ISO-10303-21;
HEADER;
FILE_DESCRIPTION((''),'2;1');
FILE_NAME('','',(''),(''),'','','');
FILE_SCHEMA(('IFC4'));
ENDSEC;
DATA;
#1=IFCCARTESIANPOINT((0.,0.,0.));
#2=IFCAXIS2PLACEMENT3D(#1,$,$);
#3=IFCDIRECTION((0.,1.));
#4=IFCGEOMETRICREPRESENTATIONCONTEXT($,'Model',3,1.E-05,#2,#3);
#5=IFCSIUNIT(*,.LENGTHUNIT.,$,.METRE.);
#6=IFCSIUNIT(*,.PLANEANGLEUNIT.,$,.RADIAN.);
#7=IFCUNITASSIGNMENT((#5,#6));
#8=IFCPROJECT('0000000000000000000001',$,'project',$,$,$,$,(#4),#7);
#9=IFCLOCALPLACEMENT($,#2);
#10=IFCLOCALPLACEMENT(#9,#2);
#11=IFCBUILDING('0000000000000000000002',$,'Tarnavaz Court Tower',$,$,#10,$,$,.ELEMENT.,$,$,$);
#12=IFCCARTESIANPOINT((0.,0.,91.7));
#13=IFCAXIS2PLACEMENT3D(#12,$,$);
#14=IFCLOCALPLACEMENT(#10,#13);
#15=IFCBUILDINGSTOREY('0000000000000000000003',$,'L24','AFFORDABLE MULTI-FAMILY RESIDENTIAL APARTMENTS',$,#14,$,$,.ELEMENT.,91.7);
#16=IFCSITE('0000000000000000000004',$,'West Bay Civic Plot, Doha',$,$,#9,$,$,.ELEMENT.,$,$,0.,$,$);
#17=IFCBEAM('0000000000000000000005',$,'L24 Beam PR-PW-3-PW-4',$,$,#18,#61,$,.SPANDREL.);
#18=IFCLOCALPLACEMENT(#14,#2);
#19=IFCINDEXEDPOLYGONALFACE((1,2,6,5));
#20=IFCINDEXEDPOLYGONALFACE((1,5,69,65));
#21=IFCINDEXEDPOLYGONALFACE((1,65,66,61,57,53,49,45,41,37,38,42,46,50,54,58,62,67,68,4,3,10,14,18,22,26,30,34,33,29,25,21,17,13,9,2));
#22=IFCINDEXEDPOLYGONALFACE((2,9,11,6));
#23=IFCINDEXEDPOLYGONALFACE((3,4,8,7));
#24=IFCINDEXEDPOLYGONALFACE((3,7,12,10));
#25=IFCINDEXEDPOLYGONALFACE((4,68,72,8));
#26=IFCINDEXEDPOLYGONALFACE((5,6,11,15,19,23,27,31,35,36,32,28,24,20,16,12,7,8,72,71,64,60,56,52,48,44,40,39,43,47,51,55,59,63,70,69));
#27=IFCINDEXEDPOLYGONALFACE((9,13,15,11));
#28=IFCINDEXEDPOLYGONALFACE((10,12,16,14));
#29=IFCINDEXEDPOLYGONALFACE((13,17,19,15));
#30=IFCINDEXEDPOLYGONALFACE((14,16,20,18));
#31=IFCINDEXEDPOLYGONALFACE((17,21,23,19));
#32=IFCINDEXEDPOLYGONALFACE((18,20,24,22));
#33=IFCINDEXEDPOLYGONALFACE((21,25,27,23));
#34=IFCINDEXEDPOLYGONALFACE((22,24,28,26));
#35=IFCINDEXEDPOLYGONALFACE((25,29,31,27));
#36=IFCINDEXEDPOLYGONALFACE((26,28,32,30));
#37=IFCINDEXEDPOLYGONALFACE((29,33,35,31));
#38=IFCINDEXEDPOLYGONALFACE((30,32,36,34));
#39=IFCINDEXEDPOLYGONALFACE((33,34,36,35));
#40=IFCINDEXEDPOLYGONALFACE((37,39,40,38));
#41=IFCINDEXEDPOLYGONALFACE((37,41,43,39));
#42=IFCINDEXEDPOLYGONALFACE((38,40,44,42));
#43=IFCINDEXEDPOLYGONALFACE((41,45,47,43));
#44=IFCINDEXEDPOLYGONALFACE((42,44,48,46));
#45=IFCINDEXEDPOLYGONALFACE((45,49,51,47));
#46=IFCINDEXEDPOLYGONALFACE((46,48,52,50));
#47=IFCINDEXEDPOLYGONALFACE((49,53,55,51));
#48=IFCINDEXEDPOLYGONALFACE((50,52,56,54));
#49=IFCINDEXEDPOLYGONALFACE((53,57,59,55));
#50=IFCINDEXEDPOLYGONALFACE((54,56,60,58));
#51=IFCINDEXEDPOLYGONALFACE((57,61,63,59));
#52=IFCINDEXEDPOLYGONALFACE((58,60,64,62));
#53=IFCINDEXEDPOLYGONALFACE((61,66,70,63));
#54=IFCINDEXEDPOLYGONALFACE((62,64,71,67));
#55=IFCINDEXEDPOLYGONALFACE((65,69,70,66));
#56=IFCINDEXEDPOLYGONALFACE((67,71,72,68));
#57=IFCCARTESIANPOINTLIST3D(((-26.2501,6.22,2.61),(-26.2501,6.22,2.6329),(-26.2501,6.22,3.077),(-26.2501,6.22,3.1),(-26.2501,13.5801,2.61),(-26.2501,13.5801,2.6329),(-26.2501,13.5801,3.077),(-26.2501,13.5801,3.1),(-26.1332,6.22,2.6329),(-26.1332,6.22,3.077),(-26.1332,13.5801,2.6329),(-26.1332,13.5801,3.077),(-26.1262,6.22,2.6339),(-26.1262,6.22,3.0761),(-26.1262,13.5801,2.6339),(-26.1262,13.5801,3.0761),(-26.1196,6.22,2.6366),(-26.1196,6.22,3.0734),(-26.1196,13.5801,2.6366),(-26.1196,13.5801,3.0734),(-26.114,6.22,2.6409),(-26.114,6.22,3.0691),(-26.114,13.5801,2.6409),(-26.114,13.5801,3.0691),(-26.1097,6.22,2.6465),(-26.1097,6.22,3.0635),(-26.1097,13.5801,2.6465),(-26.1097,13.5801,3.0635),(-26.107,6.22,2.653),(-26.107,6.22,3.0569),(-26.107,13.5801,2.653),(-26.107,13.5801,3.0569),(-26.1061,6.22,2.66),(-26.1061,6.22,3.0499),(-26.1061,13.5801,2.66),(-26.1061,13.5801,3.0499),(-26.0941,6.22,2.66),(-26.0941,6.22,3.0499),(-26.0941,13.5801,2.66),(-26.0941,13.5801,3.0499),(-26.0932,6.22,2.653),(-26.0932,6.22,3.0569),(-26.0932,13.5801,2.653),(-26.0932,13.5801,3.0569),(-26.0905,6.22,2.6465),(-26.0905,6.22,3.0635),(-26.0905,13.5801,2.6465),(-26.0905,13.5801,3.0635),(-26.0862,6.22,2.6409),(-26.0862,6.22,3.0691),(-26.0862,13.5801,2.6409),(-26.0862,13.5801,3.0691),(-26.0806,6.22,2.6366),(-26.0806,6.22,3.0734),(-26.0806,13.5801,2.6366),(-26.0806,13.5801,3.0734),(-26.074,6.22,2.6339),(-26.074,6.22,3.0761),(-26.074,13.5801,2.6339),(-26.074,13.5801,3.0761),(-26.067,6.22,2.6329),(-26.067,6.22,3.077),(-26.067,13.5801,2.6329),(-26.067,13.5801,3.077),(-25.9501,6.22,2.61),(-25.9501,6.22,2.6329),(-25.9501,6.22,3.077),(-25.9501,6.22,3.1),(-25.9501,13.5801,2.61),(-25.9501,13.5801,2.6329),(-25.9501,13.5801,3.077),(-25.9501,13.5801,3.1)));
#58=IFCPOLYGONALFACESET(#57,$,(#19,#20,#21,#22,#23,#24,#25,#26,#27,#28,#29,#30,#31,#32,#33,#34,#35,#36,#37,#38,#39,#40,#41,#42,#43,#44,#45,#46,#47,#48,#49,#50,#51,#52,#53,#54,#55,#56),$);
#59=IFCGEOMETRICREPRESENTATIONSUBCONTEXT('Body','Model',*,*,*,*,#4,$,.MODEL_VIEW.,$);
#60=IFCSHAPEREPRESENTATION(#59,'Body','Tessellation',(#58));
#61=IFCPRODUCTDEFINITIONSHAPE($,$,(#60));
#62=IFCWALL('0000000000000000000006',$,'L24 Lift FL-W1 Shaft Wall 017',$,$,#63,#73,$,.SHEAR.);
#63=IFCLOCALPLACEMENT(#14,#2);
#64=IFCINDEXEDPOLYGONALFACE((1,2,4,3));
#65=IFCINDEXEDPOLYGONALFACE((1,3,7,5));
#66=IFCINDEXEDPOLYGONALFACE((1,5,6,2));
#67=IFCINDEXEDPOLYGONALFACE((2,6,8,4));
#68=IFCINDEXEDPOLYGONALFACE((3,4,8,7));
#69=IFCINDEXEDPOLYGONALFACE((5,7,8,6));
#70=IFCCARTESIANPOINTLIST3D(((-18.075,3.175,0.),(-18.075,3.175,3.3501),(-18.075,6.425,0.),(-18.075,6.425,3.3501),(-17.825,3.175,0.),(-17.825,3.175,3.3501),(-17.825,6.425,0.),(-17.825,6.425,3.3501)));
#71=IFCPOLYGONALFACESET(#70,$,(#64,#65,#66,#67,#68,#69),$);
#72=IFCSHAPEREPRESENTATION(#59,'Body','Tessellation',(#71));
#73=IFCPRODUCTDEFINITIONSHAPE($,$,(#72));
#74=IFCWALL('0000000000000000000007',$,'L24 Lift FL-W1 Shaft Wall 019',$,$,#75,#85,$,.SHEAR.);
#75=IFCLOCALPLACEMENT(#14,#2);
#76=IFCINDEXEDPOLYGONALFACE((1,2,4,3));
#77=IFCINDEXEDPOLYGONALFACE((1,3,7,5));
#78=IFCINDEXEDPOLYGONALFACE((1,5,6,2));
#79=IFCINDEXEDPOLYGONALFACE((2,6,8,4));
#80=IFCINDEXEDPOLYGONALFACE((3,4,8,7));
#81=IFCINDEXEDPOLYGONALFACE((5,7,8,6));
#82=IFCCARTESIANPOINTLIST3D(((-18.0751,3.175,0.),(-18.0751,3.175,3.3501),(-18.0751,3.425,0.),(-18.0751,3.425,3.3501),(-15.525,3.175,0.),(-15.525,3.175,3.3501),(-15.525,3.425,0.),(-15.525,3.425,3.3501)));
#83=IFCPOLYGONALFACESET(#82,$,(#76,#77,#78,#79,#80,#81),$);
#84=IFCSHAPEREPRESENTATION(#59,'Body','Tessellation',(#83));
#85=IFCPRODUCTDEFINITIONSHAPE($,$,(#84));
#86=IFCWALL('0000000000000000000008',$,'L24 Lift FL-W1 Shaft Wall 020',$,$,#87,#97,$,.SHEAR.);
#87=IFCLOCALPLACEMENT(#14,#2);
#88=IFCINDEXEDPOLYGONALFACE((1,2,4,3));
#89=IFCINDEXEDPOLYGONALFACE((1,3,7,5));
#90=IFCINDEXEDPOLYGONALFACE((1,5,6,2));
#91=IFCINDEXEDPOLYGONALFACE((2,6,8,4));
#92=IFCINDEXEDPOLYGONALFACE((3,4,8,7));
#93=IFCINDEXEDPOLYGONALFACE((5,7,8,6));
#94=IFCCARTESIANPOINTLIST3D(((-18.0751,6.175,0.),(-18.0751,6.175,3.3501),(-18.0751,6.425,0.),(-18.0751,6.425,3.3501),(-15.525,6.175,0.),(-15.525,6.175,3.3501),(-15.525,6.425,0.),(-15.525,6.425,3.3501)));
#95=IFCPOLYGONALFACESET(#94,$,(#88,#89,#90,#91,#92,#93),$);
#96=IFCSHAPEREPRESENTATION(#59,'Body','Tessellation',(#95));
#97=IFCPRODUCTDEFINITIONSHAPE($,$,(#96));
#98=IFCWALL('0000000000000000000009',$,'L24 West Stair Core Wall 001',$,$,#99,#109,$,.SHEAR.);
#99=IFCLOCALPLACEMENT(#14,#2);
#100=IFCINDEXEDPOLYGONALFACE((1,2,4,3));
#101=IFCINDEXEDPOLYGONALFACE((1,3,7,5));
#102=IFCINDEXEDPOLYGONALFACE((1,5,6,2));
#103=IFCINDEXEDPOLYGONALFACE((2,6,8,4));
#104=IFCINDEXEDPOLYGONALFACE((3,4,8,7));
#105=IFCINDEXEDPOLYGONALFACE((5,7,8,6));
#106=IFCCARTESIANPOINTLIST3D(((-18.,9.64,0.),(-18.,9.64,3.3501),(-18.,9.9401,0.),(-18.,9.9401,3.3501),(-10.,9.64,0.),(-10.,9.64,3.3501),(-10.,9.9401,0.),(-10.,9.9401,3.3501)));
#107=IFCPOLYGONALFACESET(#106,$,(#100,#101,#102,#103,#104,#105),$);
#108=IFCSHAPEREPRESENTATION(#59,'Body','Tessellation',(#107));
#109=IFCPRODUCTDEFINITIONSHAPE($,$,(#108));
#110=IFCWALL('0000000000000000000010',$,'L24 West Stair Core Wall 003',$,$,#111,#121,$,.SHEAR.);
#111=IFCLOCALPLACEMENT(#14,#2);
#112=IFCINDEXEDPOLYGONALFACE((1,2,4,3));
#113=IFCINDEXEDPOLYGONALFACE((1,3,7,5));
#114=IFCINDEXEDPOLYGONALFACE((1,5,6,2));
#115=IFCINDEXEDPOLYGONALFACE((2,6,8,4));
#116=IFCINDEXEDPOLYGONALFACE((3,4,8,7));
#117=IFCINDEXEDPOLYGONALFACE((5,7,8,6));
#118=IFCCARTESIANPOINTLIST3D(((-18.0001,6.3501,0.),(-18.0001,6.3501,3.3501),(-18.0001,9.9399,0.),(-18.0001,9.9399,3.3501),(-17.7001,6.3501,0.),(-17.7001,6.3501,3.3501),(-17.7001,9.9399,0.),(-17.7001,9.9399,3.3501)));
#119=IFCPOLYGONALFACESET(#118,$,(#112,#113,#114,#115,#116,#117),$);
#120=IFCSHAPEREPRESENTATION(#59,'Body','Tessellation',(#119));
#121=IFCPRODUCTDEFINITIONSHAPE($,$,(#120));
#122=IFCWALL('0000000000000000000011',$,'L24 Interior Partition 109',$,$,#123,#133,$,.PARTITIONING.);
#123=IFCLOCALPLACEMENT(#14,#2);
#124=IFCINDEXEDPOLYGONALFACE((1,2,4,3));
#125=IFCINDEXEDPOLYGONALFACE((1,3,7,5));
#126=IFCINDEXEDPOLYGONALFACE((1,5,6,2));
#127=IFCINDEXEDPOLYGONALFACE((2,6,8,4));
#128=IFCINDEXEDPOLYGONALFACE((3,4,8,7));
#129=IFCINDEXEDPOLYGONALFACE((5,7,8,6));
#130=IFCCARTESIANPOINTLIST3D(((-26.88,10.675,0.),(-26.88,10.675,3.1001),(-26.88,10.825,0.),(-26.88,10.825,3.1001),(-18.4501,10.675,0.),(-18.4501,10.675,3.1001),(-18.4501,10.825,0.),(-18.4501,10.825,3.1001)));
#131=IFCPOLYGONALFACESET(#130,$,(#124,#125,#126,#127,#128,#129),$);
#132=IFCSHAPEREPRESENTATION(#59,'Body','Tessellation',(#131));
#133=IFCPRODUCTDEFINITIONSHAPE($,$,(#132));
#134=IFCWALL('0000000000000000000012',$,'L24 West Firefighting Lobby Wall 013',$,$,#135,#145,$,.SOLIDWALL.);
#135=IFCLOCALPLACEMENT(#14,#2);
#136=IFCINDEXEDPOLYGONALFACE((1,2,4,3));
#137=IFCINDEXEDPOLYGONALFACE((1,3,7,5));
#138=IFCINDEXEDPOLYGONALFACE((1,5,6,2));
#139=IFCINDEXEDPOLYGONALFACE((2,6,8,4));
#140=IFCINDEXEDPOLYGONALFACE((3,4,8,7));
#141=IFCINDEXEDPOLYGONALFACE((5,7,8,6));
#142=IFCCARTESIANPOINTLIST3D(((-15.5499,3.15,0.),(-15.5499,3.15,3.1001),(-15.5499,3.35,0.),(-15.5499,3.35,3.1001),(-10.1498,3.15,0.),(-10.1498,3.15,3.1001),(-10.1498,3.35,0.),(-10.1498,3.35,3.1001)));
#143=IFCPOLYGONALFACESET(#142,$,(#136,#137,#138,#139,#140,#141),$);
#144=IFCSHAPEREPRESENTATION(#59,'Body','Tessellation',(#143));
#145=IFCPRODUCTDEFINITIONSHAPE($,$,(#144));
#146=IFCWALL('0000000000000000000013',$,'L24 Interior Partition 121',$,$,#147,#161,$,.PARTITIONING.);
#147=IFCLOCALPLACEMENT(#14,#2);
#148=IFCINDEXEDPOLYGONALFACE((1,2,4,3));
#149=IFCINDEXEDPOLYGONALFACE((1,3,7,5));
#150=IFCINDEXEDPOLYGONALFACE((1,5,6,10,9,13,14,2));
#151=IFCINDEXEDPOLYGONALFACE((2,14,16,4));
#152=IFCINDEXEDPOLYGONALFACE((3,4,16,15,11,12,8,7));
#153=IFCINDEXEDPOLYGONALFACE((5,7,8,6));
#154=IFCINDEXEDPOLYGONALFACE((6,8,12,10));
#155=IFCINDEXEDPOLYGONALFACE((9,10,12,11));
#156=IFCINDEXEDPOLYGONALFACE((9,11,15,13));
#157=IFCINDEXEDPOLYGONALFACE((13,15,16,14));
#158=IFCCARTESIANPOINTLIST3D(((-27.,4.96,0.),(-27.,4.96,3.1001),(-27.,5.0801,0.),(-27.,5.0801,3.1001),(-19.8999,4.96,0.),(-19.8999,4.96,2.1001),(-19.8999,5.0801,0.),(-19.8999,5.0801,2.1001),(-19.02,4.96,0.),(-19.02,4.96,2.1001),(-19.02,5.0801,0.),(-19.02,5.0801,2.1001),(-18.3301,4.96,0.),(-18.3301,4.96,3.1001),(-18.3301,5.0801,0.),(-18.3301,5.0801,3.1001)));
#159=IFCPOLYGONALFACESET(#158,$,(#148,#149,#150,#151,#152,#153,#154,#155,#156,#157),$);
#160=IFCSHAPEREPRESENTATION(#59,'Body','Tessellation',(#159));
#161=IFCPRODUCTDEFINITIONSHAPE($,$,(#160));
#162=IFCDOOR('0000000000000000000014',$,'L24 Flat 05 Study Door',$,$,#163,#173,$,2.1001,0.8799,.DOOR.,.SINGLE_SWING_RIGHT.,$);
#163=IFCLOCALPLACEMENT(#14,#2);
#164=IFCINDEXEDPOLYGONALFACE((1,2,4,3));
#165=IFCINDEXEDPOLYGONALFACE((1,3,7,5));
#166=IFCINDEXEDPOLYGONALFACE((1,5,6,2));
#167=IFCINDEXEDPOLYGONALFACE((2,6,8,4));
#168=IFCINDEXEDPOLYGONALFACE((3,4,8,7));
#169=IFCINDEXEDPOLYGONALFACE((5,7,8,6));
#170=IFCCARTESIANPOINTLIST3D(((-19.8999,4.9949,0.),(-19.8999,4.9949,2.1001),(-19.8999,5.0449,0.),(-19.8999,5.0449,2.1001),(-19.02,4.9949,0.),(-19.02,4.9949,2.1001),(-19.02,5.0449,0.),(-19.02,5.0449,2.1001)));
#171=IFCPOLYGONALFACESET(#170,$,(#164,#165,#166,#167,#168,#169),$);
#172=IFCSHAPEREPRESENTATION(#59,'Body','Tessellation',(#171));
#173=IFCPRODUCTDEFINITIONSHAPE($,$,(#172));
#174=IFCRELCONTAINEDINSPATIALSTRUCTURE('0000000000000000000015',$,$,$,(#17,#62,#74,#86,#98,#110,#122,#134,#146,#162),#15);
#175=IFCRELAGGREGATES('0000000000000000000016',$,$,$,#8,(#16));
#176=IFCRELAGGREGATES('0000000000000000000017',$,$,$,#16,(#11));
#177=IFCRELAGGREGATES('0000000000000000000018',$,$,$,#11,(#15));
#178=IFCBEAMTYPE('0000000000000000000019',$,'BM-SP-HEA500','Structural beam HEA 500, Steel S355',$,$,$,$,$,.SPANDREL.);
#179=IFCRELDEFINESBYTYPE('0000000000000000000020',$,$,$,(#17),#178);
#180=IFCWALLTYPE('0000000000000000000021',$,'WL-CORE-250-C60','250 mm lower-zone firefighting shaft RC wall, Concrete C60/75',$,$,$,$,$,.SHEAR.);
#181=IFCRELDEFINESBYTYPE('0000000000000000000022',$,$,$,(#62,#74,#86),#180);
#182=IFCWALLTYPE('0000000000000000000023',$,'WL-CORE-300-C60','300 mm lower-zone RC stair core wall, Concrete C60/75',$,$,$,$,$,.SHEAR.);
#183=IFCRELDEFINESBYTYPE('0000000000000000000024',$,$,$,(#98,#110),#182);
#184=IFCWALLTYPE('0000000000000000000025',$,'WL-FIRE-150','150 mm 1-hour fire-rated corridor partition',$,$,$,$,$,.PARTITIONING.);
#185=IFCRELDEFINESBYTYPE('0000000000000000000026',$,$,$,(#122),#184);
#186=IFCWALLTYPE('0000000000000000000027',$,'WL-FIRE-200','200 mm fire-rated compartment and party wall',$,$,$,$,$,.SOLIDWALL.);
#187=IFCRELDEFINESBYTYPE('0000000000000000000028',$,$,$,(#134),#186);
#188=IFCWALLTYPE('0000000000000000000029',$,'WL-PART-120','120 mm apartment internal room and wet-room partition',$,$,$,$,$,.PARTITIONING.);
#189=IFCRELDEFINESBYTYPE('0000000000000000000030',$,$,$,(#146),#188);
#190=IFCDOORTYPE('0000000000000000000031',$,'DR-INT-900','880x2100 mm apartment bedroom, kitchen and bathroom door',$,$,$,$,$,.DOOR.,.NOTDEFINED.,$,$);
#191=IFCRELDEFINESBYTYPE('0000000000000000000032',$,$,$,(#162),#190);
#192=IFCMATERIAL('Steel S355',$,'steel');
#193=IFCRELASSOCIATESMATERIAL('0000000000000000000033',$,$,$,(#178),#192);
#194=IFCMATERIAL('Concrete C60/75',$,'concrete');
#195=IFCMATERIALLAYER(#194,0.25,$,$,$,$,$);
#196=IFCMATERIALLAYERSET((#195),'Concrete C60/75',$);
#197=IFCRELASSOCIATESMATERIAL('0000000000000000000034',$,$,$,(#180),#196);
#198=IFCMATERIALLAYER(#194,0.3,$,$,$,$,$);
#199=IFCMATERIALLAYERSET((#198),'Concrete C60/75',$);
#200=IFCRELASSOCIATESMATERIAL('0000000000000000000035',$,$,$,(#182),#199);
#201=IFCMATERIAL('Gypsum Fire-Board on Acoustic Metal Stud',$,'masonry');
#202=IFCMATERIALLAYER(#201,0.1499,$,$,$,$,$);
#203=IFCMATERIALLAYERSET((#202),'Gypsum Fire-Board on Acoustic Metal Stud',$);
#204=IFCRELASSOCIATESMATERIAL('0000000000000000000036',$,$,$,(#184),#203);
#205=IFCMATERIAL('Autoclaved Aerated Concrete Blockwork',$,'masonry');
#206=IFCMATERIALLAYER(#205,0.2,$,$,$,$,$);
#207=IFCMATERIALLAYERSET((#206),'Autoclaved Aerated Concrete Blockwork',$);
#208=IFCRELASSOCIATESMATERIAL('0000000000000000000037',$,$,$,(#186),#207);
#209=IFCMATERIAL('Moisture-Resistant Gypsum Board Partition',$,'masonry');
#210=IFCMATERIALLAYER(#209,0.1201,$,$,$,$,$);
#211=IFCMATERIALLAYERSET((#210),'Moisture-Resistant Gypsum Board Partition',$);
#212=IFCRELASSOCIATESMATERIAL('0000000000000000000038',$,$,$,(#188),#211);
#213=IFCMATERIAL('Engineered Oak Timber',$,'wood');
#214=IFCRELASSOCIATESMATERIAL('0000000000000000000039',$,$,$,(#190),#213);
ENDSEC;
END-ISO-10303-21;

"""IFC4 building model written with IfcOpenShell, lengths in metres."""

from ifc_helpers import new_model, si_unit, direction, frame, frame_2d, origin, origin_2d, place, context, subcontext, project, spatial, rectangle, i_section, extrude, material, layer, layer_set, material_profile, profile_set, type_object, element, fill, save


model = new_model("IFC4")

# Units and contexts
model_context = context("Model", 3, precision=1e-05, world=origin(), true_north=direction((0.0, 1.0)))
body_context = subcontext(model_context, "Body", "Model", "MODEL_VIEW")
ifc_project = project(units=[si_unit("LENGTHUNIT", "METRE"), si_unit("PLANEANGLEUNIT", "RADIAN")], contexts=[model_context])

# Site, building, storey
site_placement = place(None, origin())
site = spatial("IfcSite", under=ifc_project, at=site_placement, Name="West Bay Civic Plot, Doha", CompositionType="ELEMENT", RefElevation=0.0)
building_placement = place(site_placement, origin())
building = spatial("IfcBuilding", under=site, at=building_placement, Name="Tarnavaz Court Tower", CompositionType="ELEMENT")
storey_placement = place(building_placement, frame((0.0, 0.0, 91.7)))
storey = spatial("IfcBuildingStorey", under=building, at=storey_placement, Name="L24", Description="AFFORDABLE MULTI-FAMILY RESIDENTIAL APARTMENTS", CompositionType="ELEMENT", Elevation=91.7)

# Shared definitions
ifc_material_1 = material(Name="Concrete C60/75", Category="concrete")

# Beam
ifc_material_2 = material(Name="Steel S355", Category="steel")
ifc_material_profile_1 = material_profile(ifc_material_2, i_section(OverallWidth=0.3, OverallDepth=0.49, WebThickness=0.012, FlangeThickness=0.0229, FilletRadius=0.0271, at=origin_2d()), Name="HEA 500")
ifc_profile_set_1 = profile_set([ifc_material_profile_1], Name="Steel S355")
beam_type_1 = type_object("IfcBeamType", Name="BM-SP-HEA500", Description="Structural beam HEA 500, Steel S355", PredefinedType="SPANDREL", material=ifc_profile_set_1)
beam_1_placement = place(storey_placement, frame((-26.1001, 6.22, 2.855), z_axis=(0.0, 1.0, 0.0), x_axis=(-1.0, 0.0, 0.0)))
element("IfcBeam", 1, at=beam_1_placement, inside=storey, type_object=beam_type_1, Name="L24 Beam PR-PW-3-PW-4", PredefinedType="SPANDREL", context=body_context, shape_type="SweptSolid", body=[
    extrude(i_section(OverallWidth=0.3, OverallDepth=0.49, WebThickness=0.012, FlangeThickness=0.0229, FilletRadius=0.0271, at=origin_2d()), origin(), (0.0, 0.0, 1.0), 7.3601),
])

# Wall
ifc_layer_1 = layer(ifc_material_1, 0.25)
ifc_layer_set_1 = layer_set([ifc_layer_1], Name="Concrete C60/75")
wall_type_1 = type_object("IfcWallType", Name="WL-CORE-250-C60", Description="250 mm lower-zone firefighting shaft RC wall, Concrete C60/75", PredefinedType="SHEAR", material=ifc_layer_set_1)
wall_1_placement = place(storey_placement, frame((-17.95, 3.175, 0.0), z_axis=(0.0, 0.0, 1.0), x_axis=(0.0, 1.0, 0.0)))
element("IfcWall", 2, at=wall_1_placement, inside=storey, type_object=wall_type_1, Name="L24 Lift FL-W1 Shaft Wall 017", PredefinedType="SHEAR", context=body_context, shape_type="SweptSolid", body=[
    extrude(rectangle(XDim=3.25, YDim=0.25, at=frame_2d((1.625, 0.0))), origin(), (0.0, 0.0, 1.0), 3.3501),
])

# Walls
for number, where, z_axis, x_axis, name in (
    (3, (-18.075, 3.3, 0.0), (0.0, 0.0, 1.0), (1.0, 0.0, 0.0), "L24 Lift FL-W1 Shaft Wall 019"),
    (4, (-18.075, 6.3, 0.0), (0.0, 0.0, 1.0), (1.0, 0.0, 0.0), "L24 Lift FL-W1 Shaft Wall 020"),
):
    element("IfcWall", number, at=place(storey_placement, frame(where, z_axis=z_axis, x_axis=x_axis)), inside=storey, type_object=wall_type_1, Name=name, PredefinedType="SHEAR", context=body_context, shape_type="SweptSolid", body=[
        extrude(rectangle(XDim=2.55, YDim=0.25, at=frame_2d((1.2749, 0.0))), origin(), (0.0, 0.0, 1.0), 3.3501),
    ])
ifc_layer_2 = layer(ifc_material_1, 0.3)
ifc_layer_set_2 = layer_set([ifc_layer_2], Name="Concrete C60/75")
wall_type_2 = type_object("IfcWallType", Name="WL-CORE-300-C60", Description="300 mm lower-zone RC stair core wall, Concrete C60/75", PredefinedType="SHEAR", material=ifc_layer_set_2)
wall_2_placement = place(storey_placement, frame((-18.0, 9.79, 0.0), z_axis=(0.0, 0.0, 1.0), x_axis=(1.0, 0.0, 0.0)))
element("IfcWall", 5, at=wall_2_placement, inside=storey, type_object=wall_type_2, Name="L24 West Stair Core Wall 001", PredefinedType="SHEAR", context=body_context, shape_type="SweptSolid", body=[
    extrude(rectangle(XDim=8.0, YDim=0.3, at=frame_2d((4.0, 0.0))), origin(), (0.0, 0.0, 1.0), 3.3501),
])

# Walls
wall_3_placement = place(storey_placement, frame((-17.8501, 6.3501, 0.0), z_axis=(0.0, 0.0, 1.0), x_axis=(0.0, 1.0, 0.0)))
element("IfcWall", 6, at=wall_3_placement, inside=storey, type_object=wall_type_2, Name="L24 West Stair Core Wall 003", PredefinedType="SHEAR", context=body_context, shape_type="SweptSolid", body=[
    extrude(rectangle(XDim=3.5898, YDim=0.3, at=frame_2d((1.7949, 0.0))), origin(), (0.0, 0.0, 1.0), 3.3501),
])
ifc_material_3 = material(Name="Gypsum Fire-Board on Acoustic Metal Stud", Category="masonry")
ifc_layer_3 = layer(ifc_material_3, 0.1499)
ifc_layer_set_3 = layer_set([ifc_layer_3], Name="Gypsum Fire-Board on Acoustic Metal Stud")
wall_type_3 = type_object("IfcWallType", Name="WL-FIRE-150", Description="150 mm 1-hour fire-rated corridor partition", PredefinedType="PARTITIONING", material=ifc_layer_set_3)
wall_4_placement = place(storey_placement, frame((-26.8799, 10.75, 0.0), z_axis=(0.0, 0.0, 1.0), x_axis=(1.0, 0.0, 0.0)))
element("IfcWall", 7, at=wall_4_placement, inside=storey, type_object=wall_type_3, Name="L24 Interior Partition 109", PredefinedType="PARTITIONING", context=body_context, shape_type="SweptSolid", body=[
    extrude(rectangle(XDim=8.4299, YDim=0.1499, at=frame_2d((4.2148, 0.0))), origin(), (0.0, 0.0, 1.0), 3.1001),
])
ifc_material_4 = material(Name="Autoclaved Aerated Concrete Blockwork", Category="masonry")
ifc_layer_4 = layer(ifc_material_4, 0.2)
ifc_layer_set_4 = layer_set([ifc_layer_4], Name="Autoclaved Aerated Concrete Blockwork")
wall_type_4 = type_object("IfcWallType", Name="WL-FIRE-200", Description="200 mm fire-rated compartment and party wall", PredefinedType="SOLIDWALL", material=ifc_layer_set_4)
wall_5_placement = place(storey_placement, frame((-15.55, 3.25, 0.0), z_axis=(0.0, 0.0, 1.0), x_axis=(1.0, 0.0, 0.0)))
element("IfcWall", 8, at=wall_5_placement, inside=storey, type_object=wall_type_4, Name="L24 West Firefighting Lobby Wall 013", PredefinedType="SOLIDWALL", context=body_context, shape_type="SweptSolid", body=[
    extrude(rectangle(XDim=5.4001, YDim=0.2, at=frame_2d((2.7002, 0.0))), origin(), (0.0, 0.0, 1.0), 3.1001),
])

# Wall, opening, door
ifc_material_5 = material(Name="Moisture-Resistant Gypsum Board Partition", Category="masonry")
ifc_layer_5 = layer(ifc_material_5, 0.1201)
ifc_layer_set_5 = layer_set([ifc_layer_5], Name="Moisture-Resistant Gypsum Board Partition")
wall_type_5 = type_object("IfcWallType", Name="WL-PART-120", Description="120 mm apartment internal room and wet-room partition", PredefinedType="PARTITIONING", material=ifc_layer_set_5)
wall_6_placement = place(storey_placement, frame((-27.0, 5.02, 0.0), z_axis=(0.0, 0.0, 1.0), x_axis=(1.0, 0.0, 0.0)))
wall_6 = element("IfcWall", 9, at=wall_6_placement, inside=storey, type_object=wall_type_5, Name="L24 Interior Partition 121", PredefinedType="PARTITIONING", context=body_context, shape_type="SweptSolid", body=[
    extrude(rectangle(XDim=8.6699, YDim=0.1201, at=frame_2d((4.335, 0.0))), origin(), (0.0, 0.0, 1.0), 3.1001),
])
opening_1_placement = place(wall_6_placement, frame((7.1001, 0.0, 0.0)))
opening_1 = element("IfcOpeningElement", 10, at=opening_1_placement, cuts=wall_6, PredefinedType="OPENING", context=body_context, shape_type="SweptSolid", body=[
    extrude(rectangle(XDim=0.8799, YDim=2.1001, at=frame_2d((0.4399, 1.05))), frame((0.0, 0.0701, 0.0), z_axis=(0.0, -1.0, 0.0), x_axis=(1.0, 0.0, 0.0)), (0.0, 0.0, 1.0), 0.1401),
])
ifc_material_6 = material(Name="Engineered Oak Timber", Category="wood")
door_type_1 = type_object("IfcDoorType", Name="DR-INT-900", Description="880x2100 mm apartment bedroom, kitchen and bathroom door", OperationType="NOTDEFINED", PredefinedType="DOOR", material=ifc_material_6)
door_1_placement = place(opening_1_placement, origin())
door_1 = element("IfcDoor", 11, at=door_1_placement, inside=storey, type_object=door_type_1, Name="L24 Flat 05 Study Door", OperationType="SINGLE_SWING_RIGHT", OverallHeight=2.1001, OverallWidth=0.8799, PredefinedType="DOOR", context=body_context, shape_type="SweptSolid", body=[
    extrude(rectangle(XDim=0.8799, YDim=2.1001, at=frame_2d((0.4399, 1.05))), frame((0.0, 0.0249, 0.0), z_axis=(0.0, -1.0, 0.0), x_axis=(1.0, 0.0, 0.0)), (0.0, 0.0, 1.0), 0.05),
])
fill(opening_1, door_1)

save(model, "model.ifc")
